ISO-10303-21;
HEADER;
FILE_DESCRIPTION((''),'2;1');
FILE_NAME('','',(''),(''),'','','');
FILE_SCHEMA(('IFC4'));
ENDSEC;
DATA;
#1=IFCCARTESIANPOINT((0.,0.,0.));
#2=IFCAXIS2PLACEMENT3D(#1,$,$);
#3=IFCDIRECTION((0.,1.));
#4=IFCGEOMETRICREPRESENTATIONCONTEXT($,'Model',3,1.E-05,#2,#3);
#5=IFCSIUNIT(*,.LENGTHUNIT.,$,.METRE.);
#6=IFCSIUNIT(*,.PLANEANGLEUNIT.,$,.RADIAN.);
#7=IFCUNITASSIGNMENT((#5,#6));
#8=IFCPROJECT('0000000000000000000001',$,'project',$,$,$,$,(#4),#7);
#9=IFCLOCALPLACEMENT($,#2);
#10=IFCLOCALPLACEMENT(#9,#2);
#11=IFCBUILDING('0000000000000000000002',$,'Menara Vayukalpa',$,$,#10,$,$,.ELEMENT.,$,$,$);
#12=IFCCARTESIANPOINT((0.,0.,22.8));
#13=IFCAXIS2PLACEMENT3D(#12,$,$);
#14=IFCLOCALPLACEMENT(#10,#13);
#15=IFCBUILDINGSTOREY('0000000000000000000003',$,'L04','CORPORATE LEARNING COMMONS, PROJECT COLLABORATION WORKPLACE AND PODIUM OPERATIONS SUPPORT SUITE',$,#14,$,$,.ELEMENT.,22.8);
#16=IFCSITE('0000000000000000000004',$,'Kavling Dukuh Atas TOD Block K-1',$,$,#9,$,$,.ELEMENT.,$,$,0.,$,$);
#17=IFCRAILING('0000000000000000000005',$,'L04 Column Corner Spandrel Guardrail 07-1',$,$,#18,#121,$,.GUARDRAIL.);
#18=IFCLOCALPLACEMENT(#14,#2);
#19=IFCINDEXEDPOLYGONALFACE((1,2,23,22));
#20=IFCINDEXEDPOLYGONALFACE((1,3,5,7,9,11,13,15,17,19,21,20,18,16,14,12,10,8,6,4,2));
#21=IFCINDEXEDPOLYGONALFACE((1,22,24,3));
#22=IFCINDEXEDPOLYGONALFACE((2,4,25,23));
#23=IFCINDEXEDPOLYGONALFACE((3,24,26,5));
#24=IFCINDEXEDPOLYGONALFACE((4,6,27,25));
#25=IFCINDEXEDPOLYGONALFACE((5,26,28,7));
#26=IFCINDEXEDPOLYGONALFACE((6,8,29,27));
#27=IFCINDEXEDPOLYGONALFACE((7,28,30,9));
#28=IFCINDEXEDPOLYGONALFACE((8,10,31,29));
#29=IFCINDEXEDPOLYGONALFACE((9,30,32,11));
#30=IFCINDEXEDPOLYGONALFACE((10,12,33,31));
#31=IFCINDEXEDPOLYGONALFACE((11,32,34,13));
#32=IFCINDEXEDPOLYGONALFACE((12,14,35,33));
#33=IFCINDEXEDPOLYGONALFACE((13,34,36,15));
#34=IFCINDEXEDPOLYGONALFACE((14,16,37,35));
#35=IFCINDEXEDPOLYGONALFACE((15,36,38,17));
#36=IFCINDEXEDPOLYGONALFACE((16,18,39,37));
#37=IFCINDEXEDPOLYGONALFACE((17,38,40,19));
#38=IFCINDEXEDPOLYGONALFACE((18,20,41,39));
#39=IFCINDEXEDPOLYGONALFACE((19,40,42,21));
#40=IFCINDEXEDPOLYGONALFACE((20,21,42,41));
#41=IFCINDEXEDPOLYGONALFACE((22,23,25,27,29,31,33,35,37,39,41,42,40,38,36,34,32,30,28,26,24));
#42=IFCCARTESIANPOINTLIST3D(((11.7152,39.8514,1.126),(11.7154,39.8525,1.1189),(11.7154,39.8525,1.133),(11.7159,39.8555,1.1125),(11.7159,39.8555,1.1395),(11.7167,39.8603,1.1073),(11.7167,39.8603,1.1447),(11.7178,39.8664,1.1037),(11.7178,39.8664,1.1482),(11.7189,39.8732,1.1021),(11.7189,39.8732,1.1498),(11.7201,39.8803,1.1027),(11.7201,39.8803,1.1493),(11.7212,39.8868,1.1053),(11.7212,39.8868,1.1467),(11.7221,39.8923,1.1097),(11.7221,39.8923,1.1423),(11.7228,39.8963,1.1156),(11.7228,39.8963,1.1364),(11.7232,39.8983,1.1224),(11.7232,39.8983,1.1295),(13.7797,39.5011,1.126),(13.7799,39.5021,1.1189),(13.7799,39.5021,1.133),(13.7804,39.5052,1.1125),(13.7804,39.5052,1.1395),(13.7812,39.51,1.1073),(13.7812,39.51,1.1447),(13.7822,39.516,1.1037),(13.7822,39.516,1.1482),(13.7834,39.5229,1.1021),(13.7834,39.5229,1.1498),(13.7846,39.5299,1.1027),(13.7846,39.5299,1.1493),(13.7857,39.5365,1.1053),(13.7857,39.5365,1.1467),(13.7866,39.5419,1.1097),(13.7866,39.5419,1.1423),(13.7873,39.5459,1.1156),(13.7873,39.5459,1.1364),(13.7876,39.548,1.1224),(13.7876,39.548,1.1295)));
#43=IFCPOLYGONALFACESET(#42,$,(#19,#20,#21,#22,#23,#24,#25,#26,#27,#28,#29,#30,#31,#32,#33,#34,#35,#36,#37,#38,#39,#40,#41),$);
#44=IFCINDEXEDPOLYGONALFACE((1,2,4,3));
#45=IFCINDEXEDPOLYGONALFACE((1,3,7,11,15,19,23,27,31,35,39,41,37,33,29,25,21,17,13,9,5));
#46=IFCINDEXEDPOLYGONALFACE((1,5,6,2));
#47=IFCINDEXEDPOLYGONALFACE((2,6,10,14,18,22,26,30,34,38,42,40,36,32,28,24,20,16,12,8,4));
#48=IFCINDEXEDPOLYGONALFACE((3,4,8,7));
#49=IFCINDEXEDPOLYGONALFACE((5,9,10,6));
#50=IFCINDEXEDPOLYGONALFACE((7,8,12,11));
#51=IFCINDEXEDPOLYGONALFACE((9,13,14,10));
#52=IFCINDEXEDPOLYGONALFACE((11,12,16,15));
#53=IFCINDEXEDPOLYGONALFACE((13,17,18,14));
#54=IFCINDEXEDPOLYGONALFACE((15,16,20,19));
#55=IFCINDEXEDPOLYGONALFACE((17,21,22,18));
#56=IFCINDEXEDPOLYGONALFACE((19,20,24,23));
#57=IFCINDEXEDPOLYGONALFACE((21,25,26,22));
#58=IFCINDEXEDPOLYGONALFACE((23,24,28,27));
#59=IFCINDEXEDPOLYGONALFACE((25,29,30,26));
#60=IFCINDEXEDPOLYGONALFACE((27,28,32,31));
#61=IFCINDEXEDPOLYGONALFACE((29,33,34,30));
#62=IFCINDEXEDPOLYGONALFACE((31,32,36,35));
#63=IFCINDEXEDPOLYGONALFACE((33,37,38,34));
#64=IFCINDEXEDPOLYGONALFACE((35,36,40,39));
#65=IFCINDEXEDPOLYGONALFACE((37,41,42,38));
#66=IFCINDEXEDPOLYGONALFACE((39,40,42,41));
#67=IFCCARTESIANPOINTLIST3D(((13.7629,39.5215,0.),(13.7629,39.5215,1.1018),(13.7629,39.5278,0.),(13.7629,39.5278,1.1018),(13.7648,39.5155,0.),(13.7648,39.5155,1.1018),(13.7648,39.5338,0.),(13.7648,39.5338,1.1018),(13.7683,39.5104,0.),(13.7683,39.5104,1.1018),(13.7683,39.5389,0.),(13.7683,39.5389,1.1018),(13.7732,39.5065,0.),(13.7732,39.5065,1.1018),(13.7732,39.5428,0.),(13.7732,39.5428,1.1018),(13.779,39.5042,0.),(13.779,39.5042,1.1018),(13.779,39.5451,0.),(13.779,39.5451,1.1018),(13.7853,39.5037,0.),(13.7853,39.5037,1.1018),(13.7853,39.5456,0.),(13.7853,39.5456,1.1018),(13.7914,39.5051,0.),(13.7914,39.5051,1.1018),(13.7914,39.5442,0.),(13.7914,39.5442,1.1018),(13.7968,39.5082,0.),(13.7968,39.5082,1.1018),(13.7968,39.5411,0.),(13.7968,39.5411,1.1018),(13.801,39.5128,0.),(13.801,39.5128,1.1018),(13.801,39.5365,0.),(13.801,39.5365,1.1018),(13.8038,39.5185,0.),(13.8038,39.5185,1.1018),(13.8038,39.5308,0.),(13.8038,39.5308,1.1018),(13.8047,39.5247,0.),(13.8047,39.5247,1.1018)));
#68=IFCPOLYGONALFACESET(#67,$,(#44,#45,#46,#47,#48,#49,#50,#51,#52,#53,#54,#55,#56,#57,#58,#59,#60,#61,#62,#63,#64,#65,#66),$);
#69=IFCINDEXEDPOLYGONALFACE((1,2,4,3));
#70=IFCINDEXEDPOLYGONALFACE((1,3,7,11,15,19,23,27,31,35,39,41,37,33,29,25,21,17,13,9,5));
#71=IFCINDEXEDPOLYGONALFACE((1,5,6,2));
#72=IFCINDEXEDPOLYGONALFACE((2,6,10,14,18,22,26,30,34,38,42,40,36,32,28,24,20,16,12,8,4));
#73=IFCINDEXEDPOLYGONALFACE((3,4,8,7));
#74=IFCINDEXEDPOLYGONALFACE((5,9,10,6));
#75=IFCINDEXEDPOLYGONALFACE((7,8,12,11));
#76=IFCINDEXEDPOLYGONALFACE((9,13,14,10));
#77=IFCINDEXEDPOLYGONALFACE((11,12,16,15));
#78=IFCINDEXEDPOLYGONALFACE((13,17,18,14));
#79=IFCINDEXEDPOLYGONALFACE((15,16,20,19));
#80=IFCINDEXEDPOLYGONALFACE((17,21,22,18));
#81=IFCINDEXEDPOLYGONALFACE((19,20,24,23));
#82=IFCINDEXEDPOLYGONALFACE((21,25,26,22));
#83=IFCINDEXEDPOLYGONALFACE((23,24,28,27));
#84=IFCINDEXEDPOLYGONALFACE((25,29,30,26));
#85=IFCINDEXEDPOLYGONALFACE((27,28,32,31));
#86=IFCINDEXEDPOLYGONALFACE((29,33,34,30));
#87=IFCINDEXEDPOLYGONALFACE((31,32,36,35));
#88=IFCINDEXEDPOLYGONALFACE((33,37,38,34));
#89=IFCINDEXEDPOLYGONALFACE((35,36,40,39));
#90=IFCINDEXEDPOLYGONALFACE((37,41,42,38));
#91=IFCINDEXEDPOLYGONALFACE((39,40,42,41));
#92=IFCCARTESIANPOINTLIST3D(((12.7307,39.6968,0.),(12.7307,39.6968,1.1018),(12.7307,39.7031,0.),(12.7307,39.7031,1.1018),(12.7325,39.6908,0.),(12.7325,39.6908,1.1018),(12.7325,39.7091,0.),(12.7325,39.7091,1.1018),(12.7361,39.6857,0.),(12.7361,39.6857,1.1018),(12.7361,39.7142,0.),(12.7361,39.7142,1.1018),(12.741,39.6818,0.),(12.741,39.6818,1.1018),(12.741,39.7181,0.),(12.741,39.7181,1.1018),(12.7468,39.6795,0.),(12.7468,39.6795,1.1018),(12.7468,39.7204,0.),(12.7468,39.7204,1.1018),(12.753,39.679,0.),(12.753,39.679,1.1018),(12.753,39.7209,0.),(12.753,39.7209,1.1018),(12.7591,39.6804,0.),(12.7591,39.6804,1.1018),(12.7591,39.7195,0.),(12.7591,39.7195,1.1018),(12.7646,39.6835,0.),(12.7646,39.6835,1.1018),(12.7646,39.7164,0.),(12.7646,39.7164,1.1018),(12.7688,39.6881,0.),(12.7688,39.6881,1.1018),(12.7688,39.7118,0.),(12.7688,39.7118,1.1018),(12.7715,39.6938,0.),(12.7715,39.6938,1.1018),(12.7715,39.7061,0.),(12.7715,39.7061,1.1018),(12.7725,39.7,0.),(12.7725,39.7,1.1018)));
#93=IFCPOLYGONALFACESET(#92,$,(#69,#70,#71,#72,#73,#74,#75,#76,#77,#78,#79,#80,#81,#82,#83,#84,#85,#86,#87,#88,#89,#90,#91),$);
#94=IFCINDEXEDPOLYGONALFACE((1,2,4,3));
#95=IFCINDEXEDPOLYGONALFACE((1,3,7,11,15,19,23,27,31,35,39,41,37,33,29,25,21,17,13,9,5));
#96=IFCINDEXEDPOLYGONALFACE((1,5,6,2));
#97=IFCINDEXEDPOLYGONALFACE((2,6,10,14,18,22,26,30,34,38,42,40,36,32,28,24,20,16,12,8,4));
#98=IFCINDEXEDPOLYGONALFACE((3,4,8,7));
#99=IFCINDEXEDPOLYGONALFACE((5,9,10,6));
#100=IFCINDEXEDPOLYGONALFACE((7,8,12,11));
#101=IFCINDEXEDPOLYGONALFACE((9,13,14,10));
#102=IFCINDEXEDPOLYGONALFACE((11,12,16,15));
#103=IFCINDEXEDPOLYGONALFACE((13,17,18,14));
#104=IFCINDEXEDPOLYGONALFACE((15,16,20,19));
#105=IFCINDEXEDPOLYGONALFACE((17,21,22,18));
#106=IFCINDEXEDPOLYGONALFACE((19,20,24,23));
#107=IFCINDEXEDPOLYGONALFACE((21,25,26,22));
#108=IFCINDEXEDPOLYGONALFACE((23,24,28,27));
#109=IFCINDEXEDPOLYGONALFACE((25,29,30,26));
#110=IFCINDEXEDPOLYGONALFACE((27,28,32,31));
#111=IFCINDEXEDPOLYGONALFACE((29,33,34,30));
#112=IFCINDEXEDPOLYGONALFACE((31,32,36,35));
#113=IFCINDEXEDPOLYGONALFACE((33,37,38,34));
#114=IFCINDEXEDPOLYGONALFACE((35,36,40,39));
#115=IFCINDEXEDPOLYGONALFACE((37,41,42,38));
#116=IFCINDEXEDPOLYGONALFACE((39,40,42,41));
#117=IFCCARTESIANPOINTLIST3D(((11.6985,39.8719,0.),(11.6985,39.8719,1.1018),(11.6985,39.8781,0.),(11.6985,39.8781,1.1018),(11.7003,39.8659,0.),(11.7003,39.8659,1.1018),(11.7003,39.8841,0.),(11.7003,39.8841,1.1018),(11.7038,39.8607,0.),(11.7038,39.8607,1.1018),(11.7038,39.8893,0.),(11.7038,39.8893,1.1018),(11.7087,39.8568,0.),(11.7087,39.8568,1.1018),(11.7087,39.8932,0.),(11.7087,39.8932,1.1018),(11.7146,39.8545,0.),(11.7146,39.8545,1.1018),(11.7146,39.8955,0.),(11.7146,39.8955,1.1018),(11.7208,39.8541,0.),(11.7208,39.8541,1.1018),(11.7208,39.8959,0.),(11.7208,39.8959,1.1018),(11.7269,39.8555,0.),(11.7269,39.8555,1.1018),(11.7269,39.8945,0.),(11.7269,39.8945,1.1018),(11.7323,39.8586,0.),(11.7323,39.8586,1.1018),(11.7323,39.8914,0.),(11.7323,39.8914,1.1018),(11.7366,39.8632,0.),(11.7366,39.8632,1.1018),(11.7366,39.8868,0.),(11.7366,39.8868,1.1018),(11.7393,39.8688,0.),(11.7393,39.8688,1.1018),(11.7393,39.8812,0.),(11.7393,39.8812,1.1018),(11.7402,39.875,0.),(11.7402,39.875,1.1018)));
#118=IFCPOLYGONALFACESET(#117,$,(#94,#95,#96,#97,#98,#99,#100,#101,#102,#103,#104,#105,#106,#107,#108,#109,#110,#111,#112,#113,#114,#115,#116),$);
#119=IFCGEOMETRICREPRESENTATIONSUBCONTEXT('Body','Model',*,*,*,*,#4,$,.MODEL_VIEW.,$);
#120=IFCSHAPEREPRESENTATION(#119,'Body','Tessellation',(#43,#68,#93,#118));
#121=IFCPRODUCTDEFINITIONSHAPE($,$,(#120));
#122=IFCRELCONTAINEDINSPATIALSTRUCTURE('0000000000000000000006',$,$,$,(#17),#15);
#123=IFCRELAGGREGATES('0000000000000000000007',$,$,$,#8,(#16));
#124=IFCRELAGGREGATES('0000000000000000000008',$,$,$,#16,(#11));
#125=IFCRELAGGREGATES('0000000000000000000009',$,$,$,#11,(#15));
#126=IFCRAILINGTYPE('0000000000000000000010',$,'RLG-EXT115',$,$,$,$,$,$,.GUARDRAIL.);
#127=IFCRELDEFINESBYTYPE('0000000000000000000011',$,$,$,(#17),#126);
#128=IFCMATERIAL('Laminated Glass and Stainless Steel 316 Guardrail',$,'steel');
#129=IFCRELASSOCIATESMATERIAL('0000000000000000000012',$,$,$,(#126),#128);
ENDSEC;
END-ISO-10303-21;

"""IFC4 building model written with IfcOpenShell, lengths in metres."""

from ifc_helpers import new_model, si_unit, direction, frame, origin, origin_2d, place, context, subcontext, project, spatial, circle, extrude, material, type_object, element, save


model = new_model("IFC4")

# Units and contexts
model_context = context("Model", 3, precision=1e-05, world=origin(), true_north=direction((0.0, 1.0)))
body_context = subcontext(model_context, "Body", "Model", "MODEL_VIEW")
ifc_project = project(units=[si_unit("LENGTHUNIT", "METRE"), si_unit("PLANEANGLEUNIT", "RADIAN")], contexts=[model_context])

# Site, building, storey
site_placement = place(None, origin())
site = spatial("IfcSite", under=ifc_project, at=site_placement, Name="Kavling Dukuh Atas TOD Block K-1", CompositionType="ELEMENT", RefElevation=0.0)
building_placement = place(site_placement, origin())
building = spatial("IfcBuilding", under=site, at=building_placement, Name="Menara Vayukalpa", CompositionType="ELEMENT")
storey_placement = place(building_placement, frame((0.0, 0.0, 22.8)))
storey = spatial("IfcBuildingStorey", under=building, at=storey_placement, Name="L04", Description="CORPORATE LEARNING COMMONS, PROJECT COLLABORATION WORKPLACE AND PODIUM OPERATIONS SUPPORT SUITE", CompositionType="ELEMENT", Elevation=22.8)

# Railing
ifc_material_1 = material(Name="Laminated Glass and Stainless Steel 316 Guardrail", Category="steel")
railing_type_1 = type_object("IfcRailingType", Name="RLG-EXT115", PredefinedType="GUARDRAIL", material=ifc_material_1)
railing_1_placement = place(storey_placement, frame((13.7837, 39.5247, 0.0)))
element("IfcRailing", 1, at=railing_1_placement, inside=storey, type_object=railing_type_1, Name="L04 Column Corner Spandrel Guardrail 07-1", PredefinedType="GUARDRAIL", context=body_context, shape_type="SweptSolid", body=[
    extrude(circle(Radius=0.0239, at=origin_2d()), frame((0.0, 0.0, 1.126), z_axis=(-0.985904, 0.16731, 0.0), x_axis=(-0.16731, -0.985904, 0.0)), (0.0, 0.0, 1.0), 2.094),
    extrude(circle(Radius=0.021, at=origin_2d()), origin(), (0.0, 0.0, 1.0), 1.1018),
    extrude(circle(Radius=0.021, at=origin_2d()), frame((-1.0322, 0.1753, 0.0)), (0.0, 0.0, 1.0), 1.1018),
    extrude(circle(Radius=0.021, at=origin_2d()), frame((-2.0645, 0.3503, 0.0)), (0.0, 0.0, 1.0), 1.1018),
])

save(model, "model.ifc")
